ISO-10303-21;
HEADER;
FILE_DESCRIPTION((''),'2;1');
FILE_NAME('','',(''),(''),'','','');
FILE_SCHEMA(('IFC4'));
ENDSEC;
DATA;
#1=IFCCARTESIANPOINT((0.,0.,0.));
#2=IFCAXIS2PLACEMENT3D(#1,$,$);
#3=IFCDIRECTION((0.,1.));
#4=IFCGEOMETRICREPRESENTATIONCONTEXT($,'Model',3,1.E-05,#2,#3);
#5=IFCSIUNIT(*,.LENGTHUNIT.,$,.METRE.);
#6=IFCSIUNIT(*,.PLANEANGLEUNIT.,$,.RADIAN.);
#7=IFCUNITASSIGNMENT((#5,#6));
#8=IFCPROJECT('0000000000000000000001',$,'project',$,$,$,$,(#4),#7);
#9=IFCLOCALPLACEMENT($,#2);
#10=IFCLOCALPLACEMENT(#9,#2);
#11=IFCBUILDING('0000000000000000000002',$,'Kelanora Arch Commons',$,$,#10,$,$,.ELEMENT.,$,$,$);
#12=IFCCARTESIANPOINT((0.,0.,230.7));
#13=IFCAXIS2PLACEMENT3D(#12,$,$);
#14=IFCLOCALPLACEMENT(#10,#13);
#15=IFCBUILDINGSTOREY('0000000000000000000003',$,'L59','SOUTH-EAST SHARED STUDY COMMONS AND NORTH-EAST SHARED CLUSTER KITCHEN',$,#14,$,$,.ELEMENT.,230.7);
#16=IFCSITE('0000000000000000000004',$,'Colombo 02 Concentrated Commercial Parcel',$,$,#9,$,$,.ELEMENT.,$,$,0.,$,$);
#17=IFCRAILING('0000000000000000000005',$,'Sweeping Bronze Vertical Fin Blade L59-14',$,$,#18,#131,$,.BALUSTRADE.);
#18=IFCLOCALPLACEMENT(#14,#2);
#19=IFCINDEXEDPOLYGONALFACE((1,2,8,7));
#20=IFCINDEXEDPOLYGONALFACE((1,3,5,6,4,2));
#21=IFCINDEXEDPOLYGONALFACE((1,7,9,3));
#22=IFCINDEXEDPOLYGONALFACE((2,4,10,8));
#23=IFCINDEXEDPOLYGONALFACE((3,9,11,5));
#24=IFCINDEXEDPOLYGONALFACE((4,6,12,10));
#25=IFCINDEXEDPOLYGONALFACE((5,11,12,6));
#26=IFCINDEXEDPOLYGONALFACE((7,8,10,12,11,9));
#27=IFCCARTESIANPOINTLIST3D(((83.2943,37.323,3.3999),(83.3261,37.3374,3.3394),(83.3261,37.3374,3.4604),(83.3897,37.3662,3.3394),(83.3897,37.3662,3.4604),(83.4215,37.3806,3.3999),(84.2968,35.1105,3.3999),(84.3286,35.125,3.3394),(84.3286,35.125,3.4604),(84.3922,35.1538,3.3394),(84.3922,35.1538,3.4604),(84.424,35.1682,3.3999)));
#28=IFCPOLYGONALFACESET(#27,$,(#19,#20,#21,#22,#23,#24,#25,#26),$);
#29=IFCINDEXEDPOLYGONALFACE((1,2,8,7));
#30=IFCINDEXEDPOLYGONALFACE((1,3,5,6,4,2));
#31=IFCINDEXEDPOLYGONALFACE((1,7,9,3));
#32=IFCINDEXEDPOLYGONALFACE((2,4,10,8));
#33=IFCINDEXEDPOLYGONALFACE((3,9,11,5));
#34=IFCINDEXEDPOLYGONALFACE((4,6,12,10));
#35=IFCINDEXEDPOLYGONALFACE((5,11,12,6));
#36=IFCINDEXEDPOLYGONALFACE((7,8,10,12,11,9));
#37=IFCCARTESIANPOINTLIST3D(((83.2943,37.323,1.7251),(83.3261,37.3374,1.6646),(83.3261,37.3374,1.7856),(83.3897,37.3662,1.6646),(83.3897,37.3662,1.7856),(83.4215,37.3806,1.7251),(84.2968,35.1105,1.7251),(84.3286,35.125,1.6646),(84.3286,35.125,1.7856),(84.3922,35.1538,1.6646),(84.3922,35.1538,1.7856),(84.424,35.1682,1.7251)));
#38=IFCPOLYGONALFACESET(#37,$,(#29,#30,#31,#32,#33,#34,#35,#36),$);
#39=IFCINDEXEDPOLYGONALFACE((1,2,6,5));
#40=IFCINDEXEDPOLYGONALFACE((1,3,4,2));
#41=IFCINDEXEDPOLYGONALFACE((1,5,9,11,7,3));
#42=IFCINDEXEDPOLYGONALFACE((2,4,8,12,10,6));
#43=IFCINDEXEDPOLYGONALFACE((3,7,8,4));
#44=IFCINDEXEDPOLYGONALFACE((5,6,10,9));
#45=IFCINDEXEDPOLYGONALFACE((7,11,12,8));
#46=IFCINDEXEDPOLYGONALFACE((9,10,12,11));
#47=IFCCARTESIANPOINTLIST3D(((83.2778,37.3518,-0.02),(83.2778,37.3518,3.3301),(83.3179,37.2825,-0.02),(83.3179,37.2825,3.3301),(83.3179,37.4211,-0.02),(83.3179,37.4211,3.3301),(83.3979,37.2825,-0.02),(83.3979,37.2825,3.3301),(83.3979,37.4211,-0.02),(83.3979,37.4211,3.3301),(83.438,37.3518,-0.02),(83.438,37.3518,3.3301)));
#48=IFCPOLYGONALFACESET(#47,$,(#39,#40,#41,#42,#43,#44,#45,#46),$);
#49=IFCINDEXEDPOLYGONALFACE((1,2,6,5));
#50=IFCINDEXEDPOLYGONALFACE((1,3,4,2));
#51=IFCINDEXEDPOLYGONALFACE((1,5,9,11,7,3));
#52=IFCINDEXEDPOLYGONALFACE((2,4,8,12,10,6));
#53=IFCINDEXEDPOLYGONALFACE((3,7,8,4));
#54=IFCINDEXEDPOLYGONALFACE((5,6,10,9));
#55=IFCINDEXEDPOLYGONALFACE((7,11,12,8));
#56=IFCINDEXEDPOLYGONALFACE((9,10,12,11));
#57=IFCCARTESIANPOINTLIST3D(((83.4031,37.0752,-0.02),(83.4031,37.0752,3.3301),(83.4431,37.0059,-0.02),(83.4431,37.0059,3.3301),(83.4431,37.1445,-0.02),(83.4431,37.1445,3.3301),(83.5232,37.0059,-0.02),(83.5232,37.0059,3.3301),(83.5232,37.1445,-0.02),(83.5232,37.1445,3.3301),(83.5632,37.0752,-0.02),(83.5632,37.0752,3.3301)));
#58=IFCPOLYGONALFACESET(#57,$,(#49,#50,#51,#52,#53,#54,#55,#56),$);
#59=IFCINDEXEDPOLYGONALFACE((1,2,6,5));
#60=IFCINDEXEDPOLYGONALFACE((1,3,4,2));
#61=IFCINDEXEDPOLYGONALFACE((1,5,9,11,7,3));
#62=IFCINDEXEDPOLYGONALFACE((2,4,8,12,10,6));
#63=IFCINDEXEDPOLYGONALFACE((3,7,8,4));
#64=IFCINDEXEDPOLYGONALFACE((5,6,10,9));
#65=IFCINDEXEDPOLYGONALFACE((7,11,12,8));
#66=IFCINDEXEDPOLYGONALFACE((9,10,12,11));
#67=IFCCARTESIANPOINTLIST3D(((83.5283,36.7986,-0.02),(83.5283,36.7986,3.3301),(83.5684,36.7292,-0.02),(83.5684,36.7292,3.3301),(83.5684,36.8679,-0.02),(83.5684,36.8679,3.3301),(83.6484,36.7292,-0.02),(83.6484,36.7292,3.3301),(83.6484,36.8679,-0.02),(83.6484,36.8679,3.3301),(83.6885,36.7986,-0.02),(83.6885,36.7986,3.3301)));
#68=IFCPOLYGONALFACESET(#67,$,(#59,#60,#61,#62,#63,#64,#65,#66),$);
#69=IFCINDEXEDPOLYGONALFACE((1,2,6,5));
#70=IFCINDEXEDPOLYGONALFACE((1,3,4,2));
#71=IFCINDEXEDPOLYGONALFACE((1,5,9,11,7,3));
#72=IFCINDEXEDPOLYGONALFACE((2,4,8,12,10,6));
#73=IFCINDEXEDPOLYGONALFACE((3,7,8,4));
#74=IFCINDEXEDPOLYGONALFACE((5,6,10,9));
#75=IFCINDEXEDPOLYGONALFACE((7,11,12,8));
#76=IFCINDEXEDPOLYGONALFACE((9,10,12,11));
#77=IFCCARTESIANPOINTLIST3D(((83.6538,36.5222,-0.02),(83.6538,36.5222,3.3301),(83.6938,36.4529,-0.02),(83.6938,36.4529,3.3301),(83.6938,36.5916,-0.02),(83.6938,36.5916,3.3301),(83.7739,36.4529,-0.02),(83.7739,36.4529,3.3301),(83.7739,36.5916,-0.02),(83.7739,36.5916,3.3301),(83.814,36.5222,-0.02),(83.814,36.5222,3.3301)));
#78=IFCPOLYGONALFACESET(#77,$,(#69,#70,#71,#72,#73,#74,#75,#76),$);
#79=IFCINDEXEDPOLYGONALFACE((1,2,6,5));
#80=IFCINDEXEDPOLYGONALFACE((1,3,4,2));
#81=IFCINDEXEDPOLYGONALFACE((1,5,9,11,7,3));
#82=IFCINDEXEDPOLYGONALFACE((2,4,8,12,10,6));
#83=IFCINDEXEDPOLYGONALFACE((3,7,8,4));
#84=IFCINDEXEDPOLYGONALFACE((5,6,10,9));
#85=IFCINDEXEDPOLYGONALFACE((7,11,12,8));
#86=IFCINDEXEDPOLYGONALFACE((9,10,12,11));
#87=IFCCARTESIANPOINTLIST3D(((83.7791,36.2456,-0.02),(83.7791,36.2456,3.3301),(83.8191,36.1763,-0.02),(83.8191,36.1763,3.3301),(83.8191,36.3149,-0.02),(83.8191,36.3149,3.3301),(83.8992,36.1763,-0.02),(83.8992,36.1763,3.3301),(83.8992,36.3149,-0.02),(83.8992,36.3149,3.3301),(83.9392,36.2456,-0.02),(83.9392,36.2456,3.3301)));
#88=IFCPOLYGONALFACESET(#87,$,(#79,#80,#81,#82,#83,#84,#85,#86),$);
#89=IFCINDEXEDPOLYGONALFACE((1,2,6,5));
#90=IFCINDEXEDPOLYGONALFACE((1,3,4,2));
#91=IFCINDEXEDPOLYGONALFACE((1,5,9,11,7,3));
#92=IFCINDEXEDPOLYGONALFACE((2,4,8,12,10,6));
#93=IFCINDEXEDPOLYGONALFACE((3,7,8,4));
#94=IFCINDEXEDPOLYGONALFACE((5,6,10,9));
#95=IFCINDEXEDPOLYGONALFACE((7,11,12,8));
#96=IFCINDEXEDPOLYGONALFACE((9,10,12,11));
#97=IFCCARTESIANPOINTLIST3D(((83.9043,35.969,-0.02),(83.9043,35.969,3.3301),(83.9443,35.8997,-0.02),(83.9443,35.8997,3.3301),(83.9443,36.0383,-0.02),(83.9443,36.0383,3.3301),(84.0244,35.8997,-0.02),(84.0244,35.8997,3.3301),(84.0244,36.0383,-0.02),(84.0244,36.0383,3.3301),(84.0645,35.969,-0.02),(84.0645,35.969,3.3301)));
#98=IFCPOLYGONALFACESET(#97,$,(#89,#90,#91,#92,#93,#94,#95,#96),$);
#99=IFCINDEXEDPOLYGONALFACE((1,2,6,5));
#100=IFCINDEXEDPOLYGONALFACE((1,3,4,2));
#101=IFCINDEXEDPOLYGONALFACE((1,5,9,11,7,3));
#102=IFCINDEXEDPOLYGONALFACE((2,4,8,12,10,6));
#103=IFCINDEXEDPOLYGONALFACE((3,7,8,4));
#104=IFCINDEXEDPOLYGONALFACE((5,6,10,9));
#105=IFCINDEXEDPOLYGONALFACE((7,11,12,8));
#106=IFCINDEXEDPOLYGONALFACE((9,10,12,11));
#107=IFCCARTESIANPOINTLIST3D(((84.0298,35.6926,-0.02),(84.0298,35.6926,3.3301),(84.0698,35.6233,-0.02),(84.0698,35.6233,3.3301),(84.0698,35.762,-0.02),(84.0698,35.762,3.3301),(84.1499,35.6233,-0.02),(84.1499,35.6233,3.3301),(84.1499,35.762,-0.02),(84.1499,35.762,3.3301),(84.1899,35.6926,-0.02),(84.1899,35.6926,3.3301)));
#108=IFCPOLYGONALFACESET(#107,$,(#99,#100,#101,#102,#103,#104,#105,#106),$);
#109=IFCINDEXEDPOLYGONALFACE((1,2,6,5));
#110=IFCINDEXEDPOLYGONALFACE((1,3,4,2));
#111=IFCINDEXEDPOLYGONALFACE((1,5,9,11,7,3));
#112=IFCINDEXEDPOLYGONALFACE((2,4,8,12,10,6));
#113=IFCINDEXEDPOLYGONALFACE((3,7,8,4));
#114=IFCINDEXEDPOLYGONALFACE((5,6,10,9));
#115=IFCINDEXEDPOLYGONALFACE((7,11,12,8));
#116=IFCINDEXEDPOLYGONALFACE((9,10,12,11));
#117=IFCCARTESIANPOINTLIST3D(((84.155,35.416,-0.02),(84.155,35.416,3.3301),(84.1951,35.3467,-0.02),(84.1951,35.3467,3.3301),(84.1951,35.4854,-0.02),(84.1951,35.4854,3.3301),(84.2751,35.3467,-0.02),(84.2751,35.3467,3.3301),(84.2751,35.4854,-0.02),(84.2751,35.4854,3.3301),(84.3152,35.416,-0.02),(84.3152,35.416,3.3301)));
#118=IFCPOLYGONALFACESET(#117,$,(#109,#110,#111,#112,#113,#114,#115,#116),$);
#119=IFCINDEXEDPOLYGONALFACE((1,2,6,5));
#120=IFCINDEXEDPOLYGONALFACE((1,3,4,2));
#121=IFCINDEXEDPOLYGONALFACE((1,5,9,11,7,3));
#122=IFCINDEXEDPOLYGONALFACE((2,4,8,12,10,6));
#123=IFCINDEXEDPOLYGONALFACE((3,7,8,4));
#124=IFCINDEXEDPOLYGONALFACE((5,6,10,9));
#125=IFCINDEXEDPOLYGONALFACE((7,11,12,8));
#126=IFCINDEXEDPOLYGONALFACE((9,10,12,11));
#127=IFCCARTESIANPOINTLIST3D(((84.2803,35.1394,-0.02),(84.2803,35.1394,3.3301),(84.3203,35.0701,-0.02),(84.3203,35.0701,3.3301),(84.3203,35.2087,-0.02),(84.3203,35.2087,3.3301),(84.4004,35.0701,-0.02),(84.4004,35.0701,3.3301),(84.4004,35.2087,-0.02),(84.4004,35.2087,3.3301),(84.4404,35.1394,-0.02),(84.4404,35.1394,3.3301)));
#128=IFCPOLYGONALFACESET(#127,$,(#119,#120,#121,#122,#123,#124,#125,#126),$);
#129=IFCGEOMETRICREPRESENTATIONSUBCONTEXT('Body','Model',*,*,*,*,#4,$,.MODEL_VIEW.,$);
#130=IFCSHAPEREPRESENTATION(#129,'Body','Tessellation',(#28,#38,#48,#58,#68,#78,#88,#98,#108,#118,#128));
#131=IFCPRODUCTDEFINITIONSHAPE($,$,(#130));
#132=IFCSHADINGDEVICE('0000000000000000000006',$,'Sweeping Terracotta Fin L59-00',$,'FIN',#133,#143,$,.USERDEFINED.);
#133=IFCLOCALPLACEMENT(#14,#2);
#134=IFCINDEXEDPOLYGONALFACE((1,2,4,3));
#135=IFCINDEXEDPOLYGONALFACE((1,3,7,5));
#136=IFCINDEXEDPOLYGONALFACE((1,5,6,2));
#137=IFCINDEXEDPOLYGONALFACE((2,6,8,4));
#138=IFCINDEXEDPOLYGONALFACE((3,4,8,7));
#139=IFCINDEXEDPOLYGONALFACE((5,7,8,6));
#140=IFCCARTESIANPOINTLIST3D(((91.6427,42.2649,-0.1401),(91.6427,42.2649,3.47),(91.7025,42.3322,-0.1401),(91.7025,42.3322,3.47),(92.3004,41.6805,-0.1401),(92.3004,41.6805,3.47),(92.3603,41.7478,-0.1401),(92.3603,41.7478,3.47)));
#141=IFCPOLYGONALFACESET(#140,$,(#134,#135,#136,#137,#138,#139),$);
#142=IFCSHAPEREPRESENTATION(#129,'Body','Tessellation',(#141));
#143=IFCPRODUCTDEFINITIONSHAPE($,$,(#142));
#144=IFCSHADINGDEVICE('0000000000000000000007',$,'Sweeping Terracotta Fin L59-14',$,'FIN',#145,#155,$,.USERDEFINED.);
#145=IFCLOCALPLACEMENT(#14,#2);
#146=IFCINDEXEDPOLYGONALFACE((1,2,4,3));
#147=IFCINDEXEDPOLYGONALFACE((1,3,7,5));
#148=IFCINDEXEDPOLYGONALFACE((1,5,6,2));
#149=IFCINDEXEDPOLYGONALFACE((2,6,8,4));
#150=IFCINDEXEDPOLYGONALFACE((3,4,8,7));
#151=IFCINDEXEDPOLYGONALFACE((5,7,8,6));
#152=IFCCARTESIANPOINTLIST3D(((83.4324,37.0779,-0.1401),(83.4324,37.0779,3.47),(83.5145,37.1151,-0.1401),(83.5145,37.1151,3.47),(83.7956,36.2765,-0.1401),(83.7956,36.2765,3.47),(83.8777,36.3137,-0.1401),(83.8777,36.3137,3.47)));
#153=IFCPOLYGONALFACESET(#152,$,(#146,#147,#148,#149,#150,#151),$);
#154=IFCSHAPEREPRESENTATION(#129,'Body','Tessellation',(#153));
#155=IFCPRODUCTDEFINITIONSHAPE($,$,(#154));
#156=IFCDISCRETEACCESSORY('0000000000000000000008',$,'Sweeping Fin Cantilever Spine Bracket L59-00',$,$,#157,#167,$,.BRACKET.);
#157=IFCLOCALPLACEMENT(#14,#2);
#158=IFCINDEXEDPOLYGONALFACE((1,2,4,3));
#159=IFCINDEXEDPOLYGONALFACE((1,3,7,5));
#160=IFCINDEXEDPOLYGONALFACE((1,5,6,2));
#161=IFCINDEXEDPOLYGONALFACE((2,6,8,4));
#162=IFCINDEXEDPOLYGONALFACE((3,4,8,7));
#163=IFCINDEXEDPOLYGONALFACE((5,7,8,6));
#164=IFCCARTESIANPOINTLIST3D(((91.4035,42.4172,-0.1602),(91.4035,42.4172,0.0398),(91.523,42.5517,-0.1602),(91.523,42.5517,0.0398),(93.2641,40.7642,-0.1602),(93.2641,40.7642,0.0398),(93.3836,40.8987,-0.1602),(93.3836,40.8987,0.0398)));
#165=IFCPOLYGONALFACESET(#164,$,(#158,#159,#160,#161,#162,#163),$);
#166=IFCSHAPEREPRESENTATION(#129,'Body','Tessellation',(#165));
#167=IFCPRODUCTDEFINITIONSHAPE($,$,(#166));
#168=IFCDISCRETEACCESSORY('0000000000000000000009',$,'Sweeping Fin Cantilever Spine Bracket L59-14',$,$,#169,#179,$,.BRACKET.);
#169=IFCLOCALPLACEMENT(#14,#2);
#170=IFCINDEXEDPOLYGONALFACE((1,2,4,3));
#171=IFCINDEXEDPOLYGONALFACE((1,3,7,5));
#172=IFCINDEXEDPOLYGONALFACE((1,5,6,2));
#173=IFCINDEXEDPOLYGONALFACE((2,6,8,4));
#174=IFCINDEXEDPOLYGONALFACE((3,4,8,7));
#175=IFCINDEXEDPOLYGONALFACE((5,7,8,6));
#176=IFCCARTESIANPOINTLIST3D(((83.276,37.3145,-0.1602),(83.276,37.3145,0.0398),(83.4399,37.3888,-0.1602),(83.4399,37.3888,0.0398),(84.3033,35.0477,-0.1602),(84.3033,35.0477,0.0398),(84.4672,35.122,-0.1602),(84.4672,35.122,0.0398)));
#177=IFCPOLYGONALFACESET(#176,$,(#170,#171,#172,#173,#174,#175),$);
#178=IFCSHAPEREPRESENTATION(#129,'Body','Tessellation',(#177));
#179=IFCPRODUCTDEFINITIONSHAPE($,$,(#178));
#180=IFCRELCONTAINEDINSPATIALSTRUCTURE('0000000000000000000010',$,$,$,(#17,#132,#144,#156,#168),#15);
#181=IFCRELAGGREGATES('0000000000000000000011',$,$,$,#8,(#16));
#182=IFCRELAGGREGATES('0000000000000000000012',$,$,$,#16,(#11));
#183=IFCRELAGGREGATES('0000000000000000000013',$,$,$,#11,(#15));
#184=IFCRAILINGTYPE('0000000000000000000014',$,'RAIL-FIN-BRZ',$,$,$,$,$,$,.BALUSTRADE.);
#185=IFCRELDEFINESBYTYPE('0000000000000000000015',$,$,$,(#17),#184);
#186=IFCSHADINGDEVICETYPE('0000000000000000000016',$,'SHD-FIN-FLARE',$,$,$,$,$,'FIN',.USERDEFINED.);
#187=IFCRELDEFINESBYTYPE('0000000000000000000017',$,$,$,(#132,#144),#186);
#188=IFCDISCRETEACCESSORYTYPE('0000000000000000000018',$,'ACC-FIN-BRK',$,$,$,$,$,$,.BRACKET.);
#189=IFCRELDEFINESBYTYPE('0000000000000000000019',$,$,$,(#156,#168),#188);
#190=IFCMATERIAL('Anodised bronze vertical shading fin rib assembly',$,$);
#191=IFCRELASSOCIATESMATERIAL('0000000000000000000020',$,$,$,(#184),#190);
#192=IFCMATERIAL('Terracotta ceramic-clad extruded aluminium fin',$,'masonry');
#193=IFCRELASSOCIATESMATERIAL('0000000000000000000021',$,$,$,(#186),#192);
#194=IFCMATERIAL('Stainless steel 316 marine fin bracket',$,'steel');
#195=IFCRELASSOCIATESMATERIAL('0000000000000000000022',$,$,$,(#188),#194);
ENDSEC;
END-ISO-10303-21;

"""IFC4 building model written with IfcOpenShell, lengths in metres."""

from ifc_helpers import new_model, si_unit, direction, frame, origin, origin_2d, place, context, subcontext, project, spatial, polyline, rectangle, outline, extrude, source, transform, mapped, material, type_object, element, save


model = new_model("IFC4")

# Units and contexts
model_context = context("Model", 3, precision=1e-05, world=origin(), true_north=direction((0.0, 1.0)))
body_context = subcontext(model_context, "Body", "Model", "MODEL_VIEW")
ifc_project = project(units=[si_unit("LENGTHUNIT", "METRE"), si_unit("PLANEANGLEUNIT", "RADIAN")], contexts=[model_context])

# Site, building, storey
site_placement = place(None, origin())
site = spatial("IfcSite", under=ifc_project, at=site_placement, Name="Colombo 02 Concentrated Commercial Parcel", CompositionType="ELEMENT", RefElevation=0.0)
building_placement = place(site_placement, origin())
building = spatial("IfcBuilding", under=site, at=building_placement, Name="Kelanora Arch Commons", CompositionType="ELEMENT")
storey_placement = place(building_placement, frame((0.0, 0.0, 230.7)))
storey = spatial("IfcBuildingStorey", under=building, at=storey_placement, Name="L59", Description="SOUTH-EAST SHARED STUDY COMMONS AND NORTH-EAST SHARED CLUSTER KITCHEN", CompositionType="ELEMENT", Elevation=230.7)

# Railing
ifc_material_1 = material(Name="Anodised bronze vertical shading fin rib assembly")
railing_type = type_object("IfcRailingType", Name="RAIL-FIN-BRZ", PredefinedType="BALUSTRADE", material=ifc_material_1)
railing_1_placement = place(storey_placement, frame((83.3579, 37.3518, -0.02)))
element("IfcRailing", 1, at=railing_1_placement, inside=storey, type_object=railing_type, Name="Sweeping Bronze Vertical Fin Blade L59-14", PredefinedType="BALUSTRADE", context=body_context, shape_type="SweptSolid", body=[
    extrude(outline(polyline([(0.0698, 0.0), (0.0349, 0.0605), (-0.0349, 0.0605), (-0.0698, 0.0), (-0.0349, -0.0605), (0.0349, -0.0605), (0.0698, 0.0)])), frame((0.0, 0.0, 3.4199), z_axis=(0.412712, -0.910862, 0.0), x_axis=(0.910862, 0.412712, 0.0)), (0.0, 0.0, 1.0), 2.429),
    extrude(outline(polyline([(0.0698, 0.0), (0.0349, 0.0605), (-0.0349, 0.0605), (-0.0698, 0.0), (-0.0349, -0.0605), (0.0349, -0.0605), (0.0698, 0.0)])), frame((0.0, 0.0, 1.7451), z_axis=(0.412712, -0.910862, 0.0), x_axis=(0.910862, 0.412712, 0.0)), (0.0, 0.0, 1.0), 2.429),
    extrude(outline(polyline([(0.0801, 0.0), (0.04, 0.0693), (-0.04, 0.0693), (-0.0801, 0.0), (-0.04, -0.0693), (0.04, -0.0693), (0.0801, 0.0)])), origin(), (0.0, 0.0, 1.0), 3.3501),
    extrude(outline(polyline([(0.0801, 0.0), (0.04, 0.0693), (-0.04, 0.0693), (-0.0801, 0.0), (-0.04, -0.0693), (0.04, -0.0693), (0.0801, 0.0)])), frame((0.1252, -0.2766, 0.0)), (0.0, 0.0, 1.0), 3.3501),
    extrude(outline(polyline([(0.0801, 0.0), (0.04, 0.0693), (-0.04, 0.0693), (-0.0801, 0.0), (-0.04, -0.0693), (0.04, -0.0693), (0.0801, 0.0)])), frame((0.2505, -0.5532, 0.0)), (0.0, 0.0, 1.0), 3.3501),
    extrude(outline(polyline([(0.0801, 0.0), (0.04, 0.0693), (-0.04, 0.0693), (-0.0801, 0.0), (-0.04, -0.0693), (0.04, -0.0693), (0.0801, 0.0)])), frame((0.376, -0.8296, 0.0)), (0.0, 0.0, 1.0), 3.3501),
    extrude(outline(polyline([(0.0801, 0.0), (0.04, 0.0693), (-0.04, 0.0693), (-0.0801, 0.0), (-0.04, -0.0693), (0.04, -0.0693), (0.0801, 0.0)])), frame((0.5012, -1.1062, 0.0)), (0.0, 0.0, 1.0), 3.3501),
    extrude(outline(polyline([(0.0801, 0.0), (0.04, 0.0693), (-0.04, 0.0693), (-0.0801, 0.0), (-0.04, -0.0693), (0.04, -0.0693), (0.0801, 0.0)])), frame((0.6265, -1.3828, 0.0)), (0.0, 0.0, 1.0), 3.3501),
    extrude(outline(polyline([(0.0801, 0.0), (0.04, 0.0693), (-0.04, 0.0693), (-0.0801, 0.0), (-0.04, -0.0693), (0.04, -0.0693), (0.0801, 0.0)])), frame((0.752, -1.6592, 0.0)), (0.0, 0.0, 1.0), 3.3501),
    extrude(outline(polyline([(0.0801, 0.0), (0.04, 0.0693), (-0.04, 0.0693), (-0.0801, 0.0), (-0.04, -0.0693), (0.04, -0.0693), (0.0801, 0.0)])), frame((0.8772, -1.9358, 0.0)), (0.0, 0.0, 1.0), 3.3501),
    extrude(outline(polyline([(0.0801, 0.0), (0.04, 0.0693), (-0.04, 0.0693), (-0.0801, 0.0), (-0.04, -0.0693), (0.04, -0.0693), (0.0801, 0.0)])), frame((1.0024, -2.2124, 0.0)), (0.0, 0.0, 1.0), 3.3501),
])

# Shading devices
ifc_material_2 = material(Name="Terracotta ceramic-clad extruded aluminium fin", Category="masonry")
shading_device_type = type_object("IfcShadingDeviceType", Name="SHD-FIN-FLARE", ElementType="FIN", PredefinedType="USERDEFINED", material=ifc_material_2)
shared_shape_1 = source(origin(), body_context, "Body", "SweptSolid", [
    extrude(rectangle(XDim=0.8799, YDim=0.0901, at=origin_2d()), origin(), (0.0, 0.0, 1.0), 3.6101),
])
for number, where, z_axis, x_axis, name in (
    (2, (92.0015, 42.0063, -0.1401), (0.0, 0.0, 1.0), (0.747566, -0.664187, 0.0), "Sweeping Terracotta Fin L59-00"),
    (3, (83.655, 36.6958, -0.1401), (0.0, 0.0, 1.0), (0.412787, -0.910828, 0.0), "Sweeping Terracotta Fin L59-14"),
):
    element("IfcShadingDevice", number, at=place(storey_placement, frame(where, z_axis=z_axis, x_axis=x_axis)), inside=storey, type_object=shading_device_type, Name=name, ObjectType="FIN", PredefinedType="USERDEFINED", context=body_context, shape_type="MappedRepresentation", body=[
        mapped(shared_shape_1, transform((0.0, 0.0, 0.0), scale=1.0)),
    ])

# Discrete accessories
ifc_material_3 = material(Name="Stainless steel 316 marine fin bracket", Category="steel")
discrete_accessory_type = type_object("IfcDiscreteAccessoryType", Name="ACC-FIN-BRK", PredefinedType="BRACKET", material=ifc_material_3)
shared_shape_2 = source(origin(), body_context, "Body", "SweptSolid", [
    extrude(rectangle(XDim=2.4888, YDim=0.1799, at=origin_2d()), origin(), (0.0, 0.0, 1.0), 0.2),
])
for number, where, z_axis, x_axis, name in (
    (4, (92.3936, 41.658, -0.1602), (0.0, 0.0, 1.0), (0.747566, -0.664187, 0.0), "Sweeping Fin Cantilever Spine Bracket L59-00"),
    (5, (83.8716, 36.2183, -0.1602), (0.0, 0.0, 1.0), (0.412787, -0.910828, 0.0), "Sweeping Fin Cantilever Spine Bracket L59-14"),
):
    element("IfcDiscreteAccessory", number, at=place(storey_placement, frame(where, z_axis=z_axis, x_axis=x_axis)), inside=storey, type_object=discrete_accessory_type, Name=name, PredefinedType="BRACKET", context=body_context, shape_type="MappedRepresentation", body=[
        mapped(shared_shape_2, transform((0.0, 0.0, 0.0), scale=1.0)),
    ])

save(model, "model.ifc")
